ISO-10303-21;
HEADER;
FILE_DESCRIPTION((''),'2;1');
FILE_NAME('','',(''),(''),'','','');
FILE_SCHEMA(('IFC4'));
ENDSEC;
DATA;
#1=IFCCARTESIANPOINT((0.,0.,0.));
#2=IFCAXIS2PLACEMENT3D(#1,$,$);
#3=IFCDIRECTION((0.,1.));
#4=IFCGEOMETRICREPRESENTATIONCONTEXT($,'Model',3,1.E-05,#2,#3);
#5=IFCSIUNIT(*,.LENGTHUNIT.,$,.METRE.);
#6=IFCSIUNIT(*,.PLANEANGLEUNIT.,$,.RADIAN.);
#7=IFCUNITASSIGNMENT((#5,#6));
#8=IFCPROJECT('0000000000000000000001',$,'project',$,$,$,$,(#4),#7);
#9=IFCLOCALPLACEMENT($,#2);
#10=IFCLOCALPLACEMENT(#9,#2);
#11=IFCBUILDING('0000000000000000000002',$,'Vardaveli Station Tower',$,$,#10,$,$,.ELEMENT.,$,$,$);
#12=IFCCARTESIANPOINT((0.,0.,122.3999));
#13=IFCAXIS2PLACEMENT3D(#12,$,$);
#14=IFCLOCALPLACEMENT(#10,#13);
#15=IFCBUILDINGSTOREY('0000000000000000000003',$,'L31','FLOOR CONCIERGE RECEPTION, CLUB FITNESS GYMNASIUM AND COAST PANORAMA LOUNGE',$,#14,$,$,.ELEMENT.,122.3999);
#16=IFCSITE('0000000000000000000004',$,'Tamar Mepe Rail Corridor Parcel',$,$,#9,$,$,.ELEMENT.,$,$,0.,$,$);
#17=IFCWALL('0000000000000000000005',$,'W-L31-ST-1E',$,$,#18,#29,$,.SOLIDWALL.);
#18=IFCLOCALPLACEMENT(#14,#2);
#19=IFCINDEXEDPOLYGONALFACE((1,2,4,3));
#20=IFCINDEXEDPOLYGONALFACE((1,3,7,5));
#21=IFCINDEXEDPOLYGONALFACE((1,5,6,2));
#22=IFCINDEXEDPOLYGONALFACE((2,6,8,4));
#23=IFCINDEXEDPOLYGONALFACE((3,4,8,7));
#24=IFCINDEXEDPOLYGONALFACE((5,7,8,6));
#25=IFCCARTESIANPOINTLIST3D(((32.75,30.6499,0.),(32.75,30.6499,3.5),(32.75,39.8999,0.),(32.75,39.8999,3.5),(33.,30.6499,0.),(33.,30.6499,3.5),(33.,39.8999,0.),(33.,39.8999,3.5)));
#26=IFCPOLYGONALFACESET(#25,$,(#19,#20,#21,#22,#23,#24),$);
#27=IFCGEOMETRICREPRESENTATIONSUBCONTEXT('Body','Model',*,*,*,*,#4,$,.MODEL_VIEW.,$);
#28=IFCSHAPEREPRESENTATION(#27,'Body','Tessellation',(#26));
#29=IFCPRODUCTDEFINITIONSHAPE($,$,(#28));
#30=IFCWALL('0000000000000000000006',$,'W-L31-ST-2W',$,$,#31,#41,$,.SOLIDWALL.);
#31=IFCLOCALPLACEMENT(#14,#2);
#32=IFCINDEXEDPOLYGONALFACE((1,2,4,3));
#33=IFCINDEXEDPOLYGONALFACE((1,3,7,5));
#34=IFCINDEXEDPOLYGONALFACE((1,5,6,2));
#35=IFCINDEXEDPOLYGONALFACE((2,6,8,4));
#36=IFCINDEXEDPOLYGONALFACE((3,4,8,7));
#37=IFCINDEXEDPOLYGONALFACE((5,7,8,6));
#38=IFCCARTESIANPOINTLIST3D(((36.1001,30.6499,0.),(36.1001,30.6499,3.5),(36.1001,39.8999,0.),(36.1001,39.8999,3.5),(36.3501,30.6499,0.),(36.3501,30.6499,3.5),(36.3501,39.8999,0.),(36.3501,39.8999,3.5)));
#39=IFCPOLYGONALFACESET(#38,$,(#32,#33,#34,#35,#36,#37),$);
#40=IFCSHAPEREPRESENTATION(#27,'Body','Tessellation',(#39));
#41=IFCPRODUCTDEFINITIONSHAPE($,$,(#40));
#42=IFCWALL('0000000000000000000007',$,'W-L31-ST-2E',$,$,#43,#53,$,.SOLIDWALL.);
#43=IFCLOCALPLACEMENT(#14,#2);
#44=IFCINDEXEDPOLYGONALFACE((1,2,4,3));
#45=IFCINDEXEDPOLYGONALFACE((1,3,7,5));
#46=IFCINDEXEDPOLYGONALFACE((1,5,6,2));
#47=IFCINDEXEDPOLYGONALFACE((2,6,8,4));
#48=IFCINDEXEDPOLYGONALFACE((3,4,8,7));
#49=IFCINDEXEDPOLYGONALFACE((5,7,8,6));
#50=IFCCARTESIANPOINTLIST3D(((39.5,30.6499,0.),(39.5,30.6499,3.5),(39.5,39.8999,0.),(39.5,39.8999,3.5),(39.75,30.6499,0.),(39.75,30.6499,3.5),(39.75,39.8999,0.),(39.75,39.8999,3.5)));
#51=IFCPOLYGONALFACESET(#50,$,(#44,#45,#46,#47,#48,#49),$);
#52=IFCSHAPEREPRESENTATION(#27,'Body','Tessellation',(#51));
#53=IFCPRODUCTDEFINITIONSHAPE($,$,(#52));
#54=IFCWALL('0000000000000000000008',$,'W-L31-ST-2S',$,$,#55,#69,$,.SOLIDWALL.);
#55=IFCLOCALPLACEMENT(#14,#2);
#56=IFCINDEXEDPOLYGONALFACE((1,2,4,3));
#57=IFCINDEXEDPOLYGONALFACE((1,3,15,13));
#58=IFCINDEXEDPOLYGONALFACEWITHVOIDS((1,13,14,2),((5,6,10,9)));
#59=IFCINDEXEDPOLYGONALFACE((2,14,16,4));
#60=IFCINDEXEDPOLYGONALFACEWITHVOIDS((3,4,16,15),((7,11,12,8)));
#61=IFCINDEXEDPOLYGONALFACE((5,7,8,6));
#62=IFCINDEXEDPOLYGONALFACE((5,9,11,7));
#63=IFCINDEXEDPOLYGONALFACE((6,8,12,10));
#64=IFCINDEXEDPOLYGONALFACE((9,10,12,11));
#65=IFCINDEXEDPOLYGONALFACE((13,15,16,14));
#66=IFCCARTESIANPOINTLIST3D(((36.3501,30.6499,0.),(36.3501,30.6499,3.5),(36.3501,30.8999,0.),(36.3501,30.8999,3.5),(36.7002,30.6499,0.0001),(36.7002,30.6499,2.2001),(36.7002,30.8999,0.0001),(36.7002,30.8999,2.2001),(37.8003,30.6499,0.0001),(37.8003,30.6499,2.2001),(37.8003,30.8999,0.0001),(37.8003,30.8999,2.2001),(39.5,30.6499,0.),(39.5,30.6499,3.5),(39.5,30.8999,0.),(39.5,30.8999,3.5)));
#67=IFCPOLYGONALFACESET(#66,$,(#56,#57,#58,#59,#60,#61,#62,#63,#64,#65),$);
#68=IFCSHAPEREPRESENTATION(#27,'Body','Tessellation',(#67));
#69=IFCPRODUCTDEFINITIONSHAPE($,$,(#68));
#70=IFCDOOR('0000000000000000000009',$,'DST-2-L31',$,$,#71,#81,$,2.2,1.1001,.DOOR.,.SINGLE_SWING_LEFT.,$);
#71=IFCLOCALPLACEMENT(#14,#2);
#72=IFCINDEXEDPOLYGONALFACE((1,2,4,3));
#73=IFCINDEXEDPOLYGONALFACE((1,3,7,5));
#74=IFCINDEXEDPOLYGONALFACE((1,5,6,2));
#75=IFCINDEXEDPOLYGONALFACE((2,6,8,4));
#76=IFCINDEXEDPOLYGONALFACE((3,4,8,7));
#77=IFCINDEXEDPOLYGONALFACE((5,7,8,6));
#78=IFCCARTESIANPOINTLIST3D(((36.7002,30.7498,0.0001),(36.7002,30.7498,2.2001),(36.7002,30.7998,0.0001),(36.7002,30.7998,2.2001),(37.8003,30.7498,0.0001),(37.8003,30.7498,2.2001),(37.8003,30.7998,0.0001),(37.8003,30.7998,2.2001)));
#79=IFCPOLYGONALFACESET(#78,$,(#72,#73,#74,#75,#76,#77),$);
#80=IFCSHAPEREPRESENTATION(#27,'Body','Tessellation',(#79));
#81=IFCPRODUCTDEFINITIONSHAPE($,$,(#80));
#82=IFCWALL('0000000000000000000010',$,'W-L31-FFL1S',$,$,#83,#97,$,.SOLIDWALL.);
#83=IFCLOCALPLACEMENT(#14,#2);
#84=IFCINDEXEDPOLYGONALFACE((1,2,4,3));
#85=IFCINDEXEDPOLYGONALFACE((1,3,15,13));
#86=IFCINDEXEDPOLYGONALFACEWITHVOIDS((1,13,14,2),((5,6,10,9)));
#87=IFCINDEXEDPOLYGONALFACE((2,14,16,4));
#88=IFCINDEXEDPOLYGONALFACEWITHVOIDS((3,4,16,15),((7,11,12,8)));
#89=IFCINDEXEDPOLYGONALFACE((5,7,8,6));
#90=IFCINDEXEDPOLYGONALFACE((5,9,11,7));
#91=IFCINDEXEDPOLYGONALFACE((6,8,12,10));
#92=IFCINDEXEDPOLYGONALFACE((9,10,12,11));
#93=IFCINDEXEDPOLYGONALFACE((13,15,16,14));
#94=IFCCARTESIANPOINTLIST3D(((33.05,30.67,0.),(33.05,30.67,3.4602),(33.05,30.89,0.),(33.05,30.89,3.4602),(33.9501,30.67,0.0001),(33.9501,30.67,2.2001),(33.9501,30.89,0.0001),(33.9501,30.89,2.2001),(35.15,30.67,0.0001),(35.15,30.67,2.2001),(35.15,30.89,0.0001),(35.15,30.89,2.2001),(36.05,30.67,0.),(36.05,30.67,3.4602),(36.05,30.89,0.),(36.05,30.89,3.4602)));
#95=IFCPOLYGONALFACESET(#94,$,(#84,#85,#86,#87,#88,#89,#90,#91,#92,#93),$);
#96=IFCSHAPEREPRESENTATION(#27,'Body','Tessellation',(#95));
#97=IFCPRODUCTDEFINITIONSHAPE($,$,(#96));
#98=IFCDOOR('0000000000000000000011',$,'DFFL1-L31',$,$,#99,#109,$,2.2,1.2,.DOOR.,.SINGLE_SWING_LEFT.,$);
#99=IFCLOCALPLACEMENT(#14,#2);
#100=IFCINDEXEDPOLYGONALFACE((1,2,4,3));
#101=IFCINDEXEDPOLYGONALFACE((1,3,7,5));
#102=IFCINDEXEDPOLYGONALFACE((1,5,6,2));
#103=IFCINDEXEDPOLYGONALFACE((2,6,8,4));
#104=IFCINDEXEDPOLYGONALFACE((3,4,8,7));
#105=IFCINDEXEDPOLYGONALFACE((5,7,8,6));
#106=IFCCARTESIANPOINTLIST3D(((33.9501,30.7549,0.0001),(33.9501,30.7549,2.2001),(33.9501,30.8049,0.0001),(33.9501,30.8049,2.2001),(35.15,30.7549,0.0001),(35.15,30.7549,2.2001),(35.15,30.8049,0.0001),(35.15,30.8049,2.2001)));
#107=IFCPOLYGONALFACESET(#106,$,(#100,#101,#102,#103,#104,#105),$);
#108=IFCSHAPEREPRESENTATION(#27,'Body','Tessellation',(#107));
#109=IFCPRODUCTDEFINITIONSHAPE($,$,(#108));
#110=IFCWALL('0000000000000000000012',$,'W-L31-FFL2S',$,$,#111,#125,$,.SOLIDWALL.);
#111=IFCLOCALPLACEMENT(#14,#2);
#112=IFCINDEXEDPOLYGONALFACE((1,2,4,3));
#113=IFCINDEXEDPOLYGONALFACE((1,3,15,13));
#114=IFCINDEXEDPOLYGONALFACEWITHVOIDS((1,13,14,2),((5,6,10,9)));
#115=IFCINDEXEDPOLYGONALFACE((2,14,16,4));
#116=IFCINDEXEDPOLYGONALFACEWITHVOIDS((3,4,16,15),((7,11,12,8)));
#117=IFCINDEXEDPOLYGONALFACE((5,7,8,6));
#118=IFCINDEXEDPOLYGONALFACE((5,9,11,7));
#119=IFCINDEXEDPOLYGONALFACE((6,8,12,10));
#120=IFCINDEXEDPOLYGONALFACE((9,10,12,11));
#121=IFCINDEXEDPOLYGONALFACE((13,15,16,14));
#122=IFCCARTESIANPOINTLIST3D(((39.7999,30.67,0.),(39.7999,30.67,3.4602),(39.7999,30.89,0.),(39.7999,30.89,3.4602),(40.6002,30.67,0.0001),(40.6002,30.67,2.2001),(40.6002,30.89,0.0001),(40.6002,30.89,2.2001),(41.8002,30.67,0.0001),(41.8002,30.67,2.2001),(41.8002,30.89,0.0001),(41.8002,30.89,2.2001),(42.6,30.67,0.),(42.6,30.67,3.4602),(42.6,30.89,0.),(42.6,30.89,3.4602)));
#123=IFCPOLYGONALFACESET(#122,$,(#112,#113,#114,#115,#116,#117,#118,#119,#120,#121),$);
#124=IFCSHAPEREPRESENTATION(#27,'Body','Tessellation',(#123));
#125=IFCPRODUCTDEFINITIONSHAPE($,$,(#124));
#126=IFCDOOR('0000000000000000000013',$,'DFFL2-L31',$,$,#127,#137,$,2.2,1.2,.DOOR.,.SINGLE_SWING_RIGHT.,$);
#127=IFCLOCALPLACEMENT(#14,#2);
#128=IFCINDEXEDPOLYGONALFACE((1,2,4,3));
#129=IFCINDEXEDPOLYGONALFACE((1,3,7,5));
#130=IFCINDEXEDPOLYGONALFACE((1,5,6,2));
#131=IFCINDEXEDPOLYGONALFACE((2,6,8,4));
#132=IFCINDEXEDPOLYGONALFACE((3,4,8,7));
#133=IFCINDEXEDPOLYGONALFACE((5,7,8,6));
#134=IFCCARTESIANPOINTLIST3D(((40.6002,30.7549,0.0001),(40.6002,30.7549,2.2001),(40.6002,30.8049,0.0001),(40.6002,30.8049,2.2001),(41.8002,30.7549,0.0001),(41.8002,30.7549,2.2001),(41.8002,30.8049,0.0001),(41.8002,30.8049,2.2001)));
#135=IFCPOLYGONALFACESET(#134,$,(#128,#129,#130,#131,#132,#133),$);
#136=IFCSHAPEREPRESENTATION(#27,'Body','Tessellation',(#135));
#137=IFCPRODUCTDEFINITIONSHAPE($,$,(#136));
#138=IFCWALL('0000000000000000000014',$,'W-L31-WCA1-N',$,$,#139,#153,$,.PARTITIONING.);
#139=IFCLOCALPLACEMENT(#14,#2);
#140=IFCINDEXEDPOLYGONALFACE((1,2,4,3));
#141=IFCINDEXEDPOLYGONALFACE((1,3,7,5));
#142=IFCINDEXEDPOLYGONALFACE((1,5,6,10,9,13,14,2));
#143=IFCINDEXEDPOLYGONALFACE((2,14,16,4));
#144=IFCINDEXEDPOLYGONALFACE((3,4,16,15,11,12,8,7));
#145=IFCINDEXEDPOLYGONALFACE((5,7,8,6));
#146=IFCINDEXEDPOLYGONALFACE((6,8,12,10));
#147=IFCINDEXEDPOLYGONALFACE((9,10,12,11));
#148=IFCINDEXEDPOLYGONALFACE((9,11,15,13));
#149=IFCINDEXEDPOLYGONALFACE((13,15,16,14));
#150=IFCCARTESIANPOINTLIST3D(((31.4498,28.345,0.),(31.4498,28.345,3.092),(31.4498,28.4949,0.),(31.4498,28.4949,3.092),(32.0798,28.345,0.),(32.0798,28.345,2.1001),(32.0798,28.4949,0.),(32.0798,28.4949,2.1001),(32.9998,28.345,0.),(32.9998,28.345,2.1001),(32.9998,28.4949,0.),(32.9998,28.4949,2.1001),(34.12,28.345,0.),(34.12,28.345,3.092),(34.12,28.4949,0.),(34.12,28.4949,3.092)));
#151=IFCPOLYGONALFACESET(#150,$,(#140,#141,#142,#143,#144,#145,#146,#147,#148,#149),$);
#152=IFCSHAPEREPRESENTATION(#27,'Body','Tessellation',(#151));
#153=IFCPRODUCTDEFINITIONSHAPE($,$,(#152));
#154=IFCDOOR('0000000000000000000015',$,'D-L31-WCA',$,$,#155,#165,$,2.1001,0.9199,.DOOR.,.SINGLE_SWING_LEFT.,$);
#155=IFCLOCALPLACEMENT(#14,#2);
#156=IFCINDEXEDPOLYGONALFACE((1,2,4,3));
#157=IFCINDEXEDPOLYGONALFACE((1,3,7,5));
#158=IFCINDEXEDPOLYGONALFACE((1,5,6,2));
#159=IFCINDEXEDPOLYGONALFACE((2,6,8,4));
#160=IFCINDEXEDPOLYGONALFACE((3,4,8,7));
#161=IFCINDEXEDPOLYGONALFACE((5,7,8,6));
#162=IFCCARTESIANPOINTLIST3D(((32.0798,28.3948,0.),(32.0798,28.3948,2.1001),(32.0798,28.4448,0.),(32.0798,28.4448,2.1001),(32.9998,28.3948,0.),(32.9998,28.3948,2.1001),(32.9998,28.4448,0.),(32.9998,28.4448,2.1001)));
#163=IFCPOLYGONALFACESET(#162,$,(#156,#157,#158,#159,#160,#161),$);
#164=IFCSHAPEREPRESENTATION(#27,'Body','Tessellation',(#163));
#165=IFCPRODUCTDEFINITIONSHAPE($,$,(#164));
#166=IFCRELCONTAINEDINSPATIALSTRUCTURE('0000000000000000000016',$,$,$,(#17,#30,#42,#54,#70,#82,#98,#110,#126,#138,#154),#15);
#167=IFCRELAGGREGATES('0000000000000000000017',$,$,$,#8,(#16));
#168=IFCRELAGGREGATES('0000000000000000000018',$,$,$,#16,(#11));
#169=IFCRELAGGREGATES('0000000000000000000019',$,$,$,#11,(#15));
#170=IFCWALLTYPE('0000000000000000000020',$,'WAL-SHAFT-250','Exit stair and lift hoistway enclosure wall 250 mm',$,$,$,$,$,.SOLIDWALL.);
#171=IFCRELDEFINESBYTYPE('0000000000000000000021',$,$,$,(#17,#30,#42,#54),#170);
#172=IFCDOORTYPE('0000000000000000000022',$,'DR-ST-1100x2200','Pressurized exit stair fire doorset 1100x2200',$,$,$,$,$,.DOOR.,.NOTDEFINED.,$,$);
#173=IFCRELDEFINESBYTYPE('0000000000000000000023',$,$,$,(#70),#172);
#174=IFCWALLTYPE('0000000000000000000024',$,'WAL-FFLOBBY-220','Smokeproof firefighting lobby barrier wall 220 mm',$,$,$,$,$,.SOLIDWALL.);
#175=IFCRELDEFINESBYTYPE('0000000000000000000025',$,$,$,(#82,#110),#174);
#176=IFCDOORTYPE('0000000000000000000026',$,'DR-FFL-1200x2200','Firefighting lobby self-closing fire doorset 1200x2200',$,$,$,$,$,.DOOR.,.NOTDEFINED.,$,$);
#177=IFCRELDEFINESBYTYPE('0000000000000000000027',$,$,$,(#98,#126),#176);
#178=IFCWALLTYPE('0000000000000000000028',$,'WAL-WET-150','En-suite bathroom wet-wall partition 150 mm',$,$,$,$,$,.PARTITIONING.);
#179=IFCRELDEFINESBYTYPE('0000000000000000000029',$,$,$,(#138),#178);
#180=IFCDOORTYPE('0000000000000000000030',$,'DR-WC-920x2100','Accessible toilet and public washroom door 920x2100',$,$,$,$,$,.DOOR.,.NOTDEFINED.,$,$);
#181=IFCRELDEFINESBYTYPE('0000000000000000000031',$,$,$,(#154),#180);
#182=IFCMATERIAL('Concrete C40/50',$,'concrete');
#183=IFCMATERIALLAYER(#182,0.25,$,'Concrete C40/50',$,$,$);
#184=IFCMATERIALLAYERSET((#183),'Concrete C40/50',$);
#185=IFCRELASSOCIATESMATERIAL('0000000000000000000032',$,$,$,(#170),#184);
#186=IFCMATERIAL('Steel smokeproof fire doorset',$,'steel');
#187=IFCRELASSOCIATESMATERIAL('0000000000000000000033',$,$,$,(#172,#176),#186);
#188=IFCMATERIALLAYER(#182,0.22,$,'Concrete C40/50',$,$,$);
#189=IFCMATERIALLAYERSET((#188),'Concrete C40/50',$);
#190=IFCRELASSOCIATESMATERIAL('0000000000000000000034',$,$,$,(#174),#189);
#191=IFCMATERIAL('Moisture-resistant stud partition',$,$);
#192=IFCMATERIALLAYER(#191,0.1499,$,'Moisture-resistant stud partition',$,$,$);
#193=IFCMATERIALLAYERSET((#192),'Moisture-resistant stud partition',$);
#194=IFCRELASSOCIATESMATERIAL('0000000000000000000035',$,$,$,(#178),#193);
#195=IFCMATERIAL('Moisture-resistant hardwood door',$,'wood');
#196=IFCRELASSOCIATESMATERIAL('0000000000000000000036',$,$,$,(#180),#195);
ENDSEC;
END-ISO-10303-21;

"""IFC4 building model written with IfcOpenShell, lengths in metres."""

from ifc_helpers import new_model, si_unit, direction, frame, frame_2d, origin, place, context, subcontext, project, spatial, rectangle, extrude, source, transform, mapped, material, layer, layer_set, type_object, element, fill, save


model = new_model("IFC4")

# Units and contexts
model_context = context("Model", 3, precision=1e-05, world=origin(), true_north=direction((0.0, 1.0)))
body_context = subcontext(model_context, "Body", "Model", "MODEL_VIEW")
ifc_project = project(units=[si_unit("LENGTHUNIT", "METRE"), si_unit("PLANEANGLEUNIT", "RADIAN")], contexts=[model_context])

# Site, building, storey
site_placement = place(None, origin())
site = spatial("IfcSite", under=ifc_project, at=site_placement, Name="Tamar Mepe Rail Corridor Parcel", CompositionType="ELEMENT", RefElevation=0.0)
building_placement = place(site_placement, origin())
building = spatial("IfcBuilding", under=site, at=building_placement, Name="Vardaveli Station Tower", CompositionType="ELEMENT")
storey_placement = place(building_placement, frame((0.0, 0.0, 122.3999)))
storey = spatial("IfcBuildingStorey", under=building, at=storey_placement, Name="L31", Description="FLOOR CONCIERGE RECEPTION, CLUB FITNESS GYMNASIUM AND COAST PANORAMA LOUNGE", CompositionType="ELEMENT", Elevation=122.3999)

# Walls
ifc_material_1 = material(Name="Concrete C40/50", Category="concrete")
ifc_layer_1 = layer(ifc_material_1, 0.25, Name="Concrete C40/50")
ifc_layer_set_1 = layer_set([ifc_layer_1], Name="Concrete C40/50")
wall_type_1 = type_object("IfcWallType", Name="WAL-SHAFT-250", Description="Exit stair and lift hoistway enclosure wall 250 mm", PredefinedType="SOLIDWALL", material=ifc_layer_set_1)
shared_shape_1 = source(origin(), body_context, "Body", "SweptSolid", [
    extrude(rectangle(XDim=9.25, YDim=0.25, at=frame_2d((4.625, 0.0))), origin(), (0.0, 0.0, 1.0), 3.5),
])
for number, where, z_axis, x_axis, name in (
    (1, (32.875, 30.6499, 0.0), (0.0, 0.0, 1.0), (0.0, 1.0, 0.0), "W-L31-ST-1E"),
    (2, (36.2251, 30.6499, 0.0), (0.0, 0.0, 1.0), (0.0, 1.0, 0.0), "W-L31-ST-2W"),
    (3, (39.625, 30.6499, 0.0), (0.0, 0.0, 1.0), (0.0, 1.0, 0.0), "W-L31-ST-2E"),
):
    element("IfcWall", number, at=place(storey_placement, frame(where, z_axis=z_axis, x_axis=x_axis)), inside=storey, type_object=wall_type_1, Name=name, PredefinedType="SOLIDWALL", context=body_context, shape_type="MappedRepresentation", body=[
        mapped(shared_shape_1, transform((0.0, 0.0, 0.0), scale=1.0)),
    ])

# Walls, openings, doors
shared_shape_2 = source(origin(), body_context, "Body", "SweptSolid", [
    extrude(rectangle(XDim=3.1499, YDim=0.25, at=frame_2d((1.575, 0.0))), origin(), (0.0, 0.0, 1.0), 3.5),
])
wall_1_placement = place(storey_placement, frame((36.3501, 30.7749, 0.0), z_axis=(0.0, 0.0, 1.0), x_axis=(1.0, 0.0, 0.0)))
wall_1 = element("IfcWall", 4, at=wall_1_placement, inside=storey, type_object=wall_type_1, Name="W-L31-ST-2S", PredefinedType="SOLIDWALL", context=body_context, shape_type="MappedRepresentation", body=[
    mapped(shared_shape_2, transform((0.0, 0.0, 0.0), scale=1.0)),
])
shared_shape_3 = source(origin(), body_context, "Body", "SweptSolid", [
    extrude(rectangle(XDim=1.1001, YDim=2.2, at=frame_2d((0.55, 1.1001))), frame((0.0, 0.135, 0.0), z_axis=(0.0, -1.0, 0.0), x_axis=(1.0, 0.0, 0.0)), (0.0, 0.0, 1.0), 0.27),
])
opening_1_placement = place(wall_1_placement, frame((0.3501, 0.0, 0.0)))
opening_1 = element("IfcOpeningElement", 5, at=opening_1_placement, cuts=wall_1, PredefinedType="OPENING", context=body_context, shape_type="MappedRepresentation", body=[
    mapped(shared_shape_3, transform((0.0, 0.0, 0.0), scale=1.0)),
])
ifc_material_2 = material(Name="Steel smokeproof fire doorset", Category="steel")
door_type_1 = type_object("IfcDoorType", Name="DR-ST-1100x2200", Description="Pressurized exit stair fire doorset 1100x2200", OperationType="NOTDEFINED", PredefinedType="DOOR", material=ifc_material_2)
shared_shape_4 = source(origin(), body_context, "Body", "SweptSolid", [
    extrude(rectangle(XDim=1.1001, YDim=2.2, at=frame_2d((0.55, 1.1001))), frame((0.0, 0.0249, 0.0), z_axis=(0.0, -1.0, 0.0), x_axis=(1.0, 0.0, 0.0)), (0.0, 0.0, 1.0), 0.05),
])
door_1_placement = place(opening_1_placement, origin())
door_1 = element("IfcDoor", 6, at=door_1_placement, inside=storey, type_object=door_type_1, Name="DST-2-L31", OperationType="SINGLE_SWING_LEFT", OverallHeight=2.2, OverallWidth=1.1001, PredefinedType="DOOR", context=body_context, shape_type="MappedRepresentation", body=[
    mapped(shared_shape_4, transform((0.0, 0.0, 0.0), scale=1.0)),
])
fill(opening_1, door_1)
ifc_layer_2 = layer(ifc_material_1, 0.22, Name="Concrete C40/50")
ifc_layer_set_2 = layer_set([ifc_layer_2], Name="Concrete C40/50")
wall_type_2 = type_object("IfcWallType", Name="WAL-FFLOBBY-220", Description="Smokeproof firefighting lobby barrier wall 220 mm", PredefinedType="SOLIDWALL", material=ifc_layer_set_2)
shared_shape_5 = source(origin(), body_context, "Body", "SweptSolid", [
    extrude(rectangle(XDim=3.0, YDim=0.22, at=frame_2d((1.5, 0.0))), origin(), (0.0, 0.0, 1.0), 3.4602),
])
wall_2_placement = place(storey_placement, frame((33.05, 30.78, 0.0), z_axis=(0.0, 0.0, 1.0), x_axis=(1.0, 0.0, 0.0)))
wall_2 = element("IfcWall", 7, at=wall_2_placement, inside=storey, type_object=wall_type_2, Name="W-L31-FFL1S", PredefinedType="SOLIDWALL", context=body_context, shape_type="MappedRepresentation", body=[
    mapped(shared_shape_5, transform((0.0, 0.0, 0.0), scale=1.0)),
])
shared_shape_6 = source(origin(), body_context, "Body", "SweptSolid", [
    extrude(rectangle(XDim=1.2, YDim=2.2, at=frame_2d((0.6001, 1.1001))), frame((0.0, 0.1201, 0.0), z_axis=(0.0, -1.0, 0.0), x_axis=(1.0, 0.0, 0.0)), (0.0, 0.0, 1.0), 0.24),
])
opening_2_placement = place(wall_2_placement, frame((0.8999, 0.0, 0.0)))
opening_2 = element("IfcOpeningElement", 8, at=opening_2_placement, cuts=wall_2, PredefinedType="OPENING", context=body_context, shape_type="MappedRepresentation", body=[
    mapped(shared_shape_6, transform((0.0, 0.0, 0.0), scale=1.0)),
])
door_type_2 = type_object("IfcDoorType", Name="DR-FFL-1200x2200", Description="Firefighting lobby self-closing fire doorset 1200x2200", OperationType="NOTDEFINED", PredefinedType="DOOR", material=ifc_material_2)
shared_shape_7 = source(origin(), body_context, "Body", "SweptSolid", [
    extrude(rectangle(XDim=1.2, YDim=2.2, at=frame_2d((0.6001, 1.1001))), frame((0.0, 0.0249, 0.0), z_axis=(0.0, -1.0, 0.0), x_axis=(1.0, 0.0, 0.0)), (0.0, 0.0, 1.0), 0.05),
])
door_2_placement = place(opening_2_placement, origin())
door_2 = element("IfcDoor", 9, at=door_2_placement, inside=storey, type_object=door_type_2, Name="DFFL1-L31", OperationType="SINGLE_SWING_LEFT", OverallHeight=2.2, OverallWidth=1.2, PredefinedType="DOOR", context=body_context, shape_type="MappedRepresentation", body=[
    mapped(shared_shape_7, transform((0.0, 0.0, 0.0), scale=1.0)),
])
fill(opening_2, door_2)
shared_shape_8 = source(origin(), body_context, "Body", "SweptSolid", [
    extrude(rectangle(XDim=2.8, YDim=0.22, at=frame_2d((1.3999, 0.0))), origin(), (0.0, 0.0, 1.0), 3.4602),
])
wall_3_placement = place(storey_placement, frame((39.8, 30.78, 0.0), z_axis=(0.0, 0.0, 1.0), x_axis=(1.0, 0.0, 0.0)))
wall_3 = element("IfcWall", 10, at=wall_3_placement, inside=storey, type_object=wall_type_2, Name="W-L31-FFL2S", PredefinedType="SOLIDWALL", context=body_context, shape_type="MappedRepresentation", body=[
    mapped(shared_shape_8, transform((0.0, 0.0, 0.0), scale=1.0)),
])
opening_3_placement = place(wall_3_placement, frame((0.8, 0.0, 0.0)))
opening_3 = element("IfcOpeningElement", 11, at=opening_3_placement, cuts=wall_3, PredefinedType="OPENING", context=body_context, shape_type="MappedRepresentation", body=[
    mapped(shared_shape_6, transform((0.0, 0.0, 0.0), scale=1.0)),
])
door_3_placement = place(opening_3_placement, origin())
door_3 = element("IfcDoor", 12, at=door_3_placement, inside=storey, type_object=door_type_2, Name="DFFL2-L31", OperationType="SINGLE_SWING_RIGHT", OverallHeight=2.2, OverallWidth=1.2, PredefinedType="DOOR", context=body_context, shape_type="MappedRepresentation", body=[
    mapped(shared_shape_7, transform((0.0, 0.0, 0.0), scale=1.0)),
])
fill(opening_3, door_3)
ifc_material_3 = material(Name="Moisture-resistant stud partition")
ifc_layer_3 = layer(ifc_material_3, 0.1499, Name="Moisture-resistant stud partition")
ifc_layer_set_3 = layer_set([ifc_layer_3], Name="Moisture-resistant stud partition")
wall_type_3 = type_object("IfcWallType", Name="WAL-WET-150", Description="En-suite bathroom wet-wall partition 150 mm", PredefinedType="PARTITIONING", material=ifc_layer_set_3)
shared_shape_9 = source(origin(), body_context, "Body", "SweptSolid", [
    extrude(rectangle(XDim=2.6702, YDim=0.1499, at=frame_2d((1.335, 0.0))), origin(), (0.0, 0.0, 1.0), 3.092),
])
wall_4_placement = place(storey_placement, frame((31.45, 28.4199, 0.0), z_axis=(0.0, 0.0, 1.0), x_axis=(1.0, 0.0, 0.0)))
wall_4 = element("IfcWall", 13, at=wall_4_placement, inside=storey, type_object=wall_type_3, Name="W-L31-WCA1-N", PredefinedType="PARTITIONING", context=body_context, shape_type="MappedRepresentation", body=[
    mapped(shared_shape_9, transform((0.0, 0.0, 0.0), scale=1.0)),
])
shared_shape_10 = source(origin(), body_context, "Body", "SweptSolid", [
    extrude(rectangle(XDim=0.9199, YDim=2.1001, at=frame_2d((0.46, 1.05))), frame((0.0, 0.085, 0.0), z_axis=(0.0, -1.0, 0.0), x_axis=(1.0, 0.0, 0.0)), (0.0, 0.0, 1.0), 0.1699),
])
opening_4_placement = place(wall_4_placement, frame((0.6299, 0.0, 0.0)))
opening_4 = element("IfcOpeningElement", 14, at=opening_4_placement, cuts=wall_4, PredefinedType="OPENING", context=body_context, shape_type="MappedRepresentation", body=[
    mapped(shared_shape_10, transform((0.0, 0.0, 0.0), scale=1.0)),
])
ifc_material_4 = material(Name="Moisture-resistant hardwood door", Category="wood")
door_type_3 = type_object("IfcDoorType", Name="DR-WC-920x2100", Description="Accessible toilet and public washroom door 920x2100", OperationType="NOTDEFINED", PredefinedType="DOOR", material=ifc_material_4)
shared_shape_11 = source(origin(), body_context, "Body", "SweptSolid", [
    extrude(rectangle(XDim=0.9199, YDim=2.1001, at=frame_2d((0.46, 1.05))), frame((0.0, 0.0249, 0.0), z_axis=(0.0, -1.0, 0.0), x_axis=(1.0, 0.0, 0.0)), (0.0, 0.0, 1.0), 0.05),
])
door_4_placement = place(opening_4_placement, origin())
door_4 = element("IfcDoor", 15, at=door_4_placement, inside=storey, type_object=door_type_3, Name="D-L31-WCA", OperationType="SINGLE_SWING_LEFT", OverallHeight=2.1001, OverallWidth=0.9199, PredefinedType="DOOR", context=body_context, shape_type="MappedRepresentation", body=[
    mapped(shared_shape_11, transform((0.0, 0.0, 0.0), scale=1.0)),
])
fill(opening_4, door_4)

save(model, "model.ifc")
